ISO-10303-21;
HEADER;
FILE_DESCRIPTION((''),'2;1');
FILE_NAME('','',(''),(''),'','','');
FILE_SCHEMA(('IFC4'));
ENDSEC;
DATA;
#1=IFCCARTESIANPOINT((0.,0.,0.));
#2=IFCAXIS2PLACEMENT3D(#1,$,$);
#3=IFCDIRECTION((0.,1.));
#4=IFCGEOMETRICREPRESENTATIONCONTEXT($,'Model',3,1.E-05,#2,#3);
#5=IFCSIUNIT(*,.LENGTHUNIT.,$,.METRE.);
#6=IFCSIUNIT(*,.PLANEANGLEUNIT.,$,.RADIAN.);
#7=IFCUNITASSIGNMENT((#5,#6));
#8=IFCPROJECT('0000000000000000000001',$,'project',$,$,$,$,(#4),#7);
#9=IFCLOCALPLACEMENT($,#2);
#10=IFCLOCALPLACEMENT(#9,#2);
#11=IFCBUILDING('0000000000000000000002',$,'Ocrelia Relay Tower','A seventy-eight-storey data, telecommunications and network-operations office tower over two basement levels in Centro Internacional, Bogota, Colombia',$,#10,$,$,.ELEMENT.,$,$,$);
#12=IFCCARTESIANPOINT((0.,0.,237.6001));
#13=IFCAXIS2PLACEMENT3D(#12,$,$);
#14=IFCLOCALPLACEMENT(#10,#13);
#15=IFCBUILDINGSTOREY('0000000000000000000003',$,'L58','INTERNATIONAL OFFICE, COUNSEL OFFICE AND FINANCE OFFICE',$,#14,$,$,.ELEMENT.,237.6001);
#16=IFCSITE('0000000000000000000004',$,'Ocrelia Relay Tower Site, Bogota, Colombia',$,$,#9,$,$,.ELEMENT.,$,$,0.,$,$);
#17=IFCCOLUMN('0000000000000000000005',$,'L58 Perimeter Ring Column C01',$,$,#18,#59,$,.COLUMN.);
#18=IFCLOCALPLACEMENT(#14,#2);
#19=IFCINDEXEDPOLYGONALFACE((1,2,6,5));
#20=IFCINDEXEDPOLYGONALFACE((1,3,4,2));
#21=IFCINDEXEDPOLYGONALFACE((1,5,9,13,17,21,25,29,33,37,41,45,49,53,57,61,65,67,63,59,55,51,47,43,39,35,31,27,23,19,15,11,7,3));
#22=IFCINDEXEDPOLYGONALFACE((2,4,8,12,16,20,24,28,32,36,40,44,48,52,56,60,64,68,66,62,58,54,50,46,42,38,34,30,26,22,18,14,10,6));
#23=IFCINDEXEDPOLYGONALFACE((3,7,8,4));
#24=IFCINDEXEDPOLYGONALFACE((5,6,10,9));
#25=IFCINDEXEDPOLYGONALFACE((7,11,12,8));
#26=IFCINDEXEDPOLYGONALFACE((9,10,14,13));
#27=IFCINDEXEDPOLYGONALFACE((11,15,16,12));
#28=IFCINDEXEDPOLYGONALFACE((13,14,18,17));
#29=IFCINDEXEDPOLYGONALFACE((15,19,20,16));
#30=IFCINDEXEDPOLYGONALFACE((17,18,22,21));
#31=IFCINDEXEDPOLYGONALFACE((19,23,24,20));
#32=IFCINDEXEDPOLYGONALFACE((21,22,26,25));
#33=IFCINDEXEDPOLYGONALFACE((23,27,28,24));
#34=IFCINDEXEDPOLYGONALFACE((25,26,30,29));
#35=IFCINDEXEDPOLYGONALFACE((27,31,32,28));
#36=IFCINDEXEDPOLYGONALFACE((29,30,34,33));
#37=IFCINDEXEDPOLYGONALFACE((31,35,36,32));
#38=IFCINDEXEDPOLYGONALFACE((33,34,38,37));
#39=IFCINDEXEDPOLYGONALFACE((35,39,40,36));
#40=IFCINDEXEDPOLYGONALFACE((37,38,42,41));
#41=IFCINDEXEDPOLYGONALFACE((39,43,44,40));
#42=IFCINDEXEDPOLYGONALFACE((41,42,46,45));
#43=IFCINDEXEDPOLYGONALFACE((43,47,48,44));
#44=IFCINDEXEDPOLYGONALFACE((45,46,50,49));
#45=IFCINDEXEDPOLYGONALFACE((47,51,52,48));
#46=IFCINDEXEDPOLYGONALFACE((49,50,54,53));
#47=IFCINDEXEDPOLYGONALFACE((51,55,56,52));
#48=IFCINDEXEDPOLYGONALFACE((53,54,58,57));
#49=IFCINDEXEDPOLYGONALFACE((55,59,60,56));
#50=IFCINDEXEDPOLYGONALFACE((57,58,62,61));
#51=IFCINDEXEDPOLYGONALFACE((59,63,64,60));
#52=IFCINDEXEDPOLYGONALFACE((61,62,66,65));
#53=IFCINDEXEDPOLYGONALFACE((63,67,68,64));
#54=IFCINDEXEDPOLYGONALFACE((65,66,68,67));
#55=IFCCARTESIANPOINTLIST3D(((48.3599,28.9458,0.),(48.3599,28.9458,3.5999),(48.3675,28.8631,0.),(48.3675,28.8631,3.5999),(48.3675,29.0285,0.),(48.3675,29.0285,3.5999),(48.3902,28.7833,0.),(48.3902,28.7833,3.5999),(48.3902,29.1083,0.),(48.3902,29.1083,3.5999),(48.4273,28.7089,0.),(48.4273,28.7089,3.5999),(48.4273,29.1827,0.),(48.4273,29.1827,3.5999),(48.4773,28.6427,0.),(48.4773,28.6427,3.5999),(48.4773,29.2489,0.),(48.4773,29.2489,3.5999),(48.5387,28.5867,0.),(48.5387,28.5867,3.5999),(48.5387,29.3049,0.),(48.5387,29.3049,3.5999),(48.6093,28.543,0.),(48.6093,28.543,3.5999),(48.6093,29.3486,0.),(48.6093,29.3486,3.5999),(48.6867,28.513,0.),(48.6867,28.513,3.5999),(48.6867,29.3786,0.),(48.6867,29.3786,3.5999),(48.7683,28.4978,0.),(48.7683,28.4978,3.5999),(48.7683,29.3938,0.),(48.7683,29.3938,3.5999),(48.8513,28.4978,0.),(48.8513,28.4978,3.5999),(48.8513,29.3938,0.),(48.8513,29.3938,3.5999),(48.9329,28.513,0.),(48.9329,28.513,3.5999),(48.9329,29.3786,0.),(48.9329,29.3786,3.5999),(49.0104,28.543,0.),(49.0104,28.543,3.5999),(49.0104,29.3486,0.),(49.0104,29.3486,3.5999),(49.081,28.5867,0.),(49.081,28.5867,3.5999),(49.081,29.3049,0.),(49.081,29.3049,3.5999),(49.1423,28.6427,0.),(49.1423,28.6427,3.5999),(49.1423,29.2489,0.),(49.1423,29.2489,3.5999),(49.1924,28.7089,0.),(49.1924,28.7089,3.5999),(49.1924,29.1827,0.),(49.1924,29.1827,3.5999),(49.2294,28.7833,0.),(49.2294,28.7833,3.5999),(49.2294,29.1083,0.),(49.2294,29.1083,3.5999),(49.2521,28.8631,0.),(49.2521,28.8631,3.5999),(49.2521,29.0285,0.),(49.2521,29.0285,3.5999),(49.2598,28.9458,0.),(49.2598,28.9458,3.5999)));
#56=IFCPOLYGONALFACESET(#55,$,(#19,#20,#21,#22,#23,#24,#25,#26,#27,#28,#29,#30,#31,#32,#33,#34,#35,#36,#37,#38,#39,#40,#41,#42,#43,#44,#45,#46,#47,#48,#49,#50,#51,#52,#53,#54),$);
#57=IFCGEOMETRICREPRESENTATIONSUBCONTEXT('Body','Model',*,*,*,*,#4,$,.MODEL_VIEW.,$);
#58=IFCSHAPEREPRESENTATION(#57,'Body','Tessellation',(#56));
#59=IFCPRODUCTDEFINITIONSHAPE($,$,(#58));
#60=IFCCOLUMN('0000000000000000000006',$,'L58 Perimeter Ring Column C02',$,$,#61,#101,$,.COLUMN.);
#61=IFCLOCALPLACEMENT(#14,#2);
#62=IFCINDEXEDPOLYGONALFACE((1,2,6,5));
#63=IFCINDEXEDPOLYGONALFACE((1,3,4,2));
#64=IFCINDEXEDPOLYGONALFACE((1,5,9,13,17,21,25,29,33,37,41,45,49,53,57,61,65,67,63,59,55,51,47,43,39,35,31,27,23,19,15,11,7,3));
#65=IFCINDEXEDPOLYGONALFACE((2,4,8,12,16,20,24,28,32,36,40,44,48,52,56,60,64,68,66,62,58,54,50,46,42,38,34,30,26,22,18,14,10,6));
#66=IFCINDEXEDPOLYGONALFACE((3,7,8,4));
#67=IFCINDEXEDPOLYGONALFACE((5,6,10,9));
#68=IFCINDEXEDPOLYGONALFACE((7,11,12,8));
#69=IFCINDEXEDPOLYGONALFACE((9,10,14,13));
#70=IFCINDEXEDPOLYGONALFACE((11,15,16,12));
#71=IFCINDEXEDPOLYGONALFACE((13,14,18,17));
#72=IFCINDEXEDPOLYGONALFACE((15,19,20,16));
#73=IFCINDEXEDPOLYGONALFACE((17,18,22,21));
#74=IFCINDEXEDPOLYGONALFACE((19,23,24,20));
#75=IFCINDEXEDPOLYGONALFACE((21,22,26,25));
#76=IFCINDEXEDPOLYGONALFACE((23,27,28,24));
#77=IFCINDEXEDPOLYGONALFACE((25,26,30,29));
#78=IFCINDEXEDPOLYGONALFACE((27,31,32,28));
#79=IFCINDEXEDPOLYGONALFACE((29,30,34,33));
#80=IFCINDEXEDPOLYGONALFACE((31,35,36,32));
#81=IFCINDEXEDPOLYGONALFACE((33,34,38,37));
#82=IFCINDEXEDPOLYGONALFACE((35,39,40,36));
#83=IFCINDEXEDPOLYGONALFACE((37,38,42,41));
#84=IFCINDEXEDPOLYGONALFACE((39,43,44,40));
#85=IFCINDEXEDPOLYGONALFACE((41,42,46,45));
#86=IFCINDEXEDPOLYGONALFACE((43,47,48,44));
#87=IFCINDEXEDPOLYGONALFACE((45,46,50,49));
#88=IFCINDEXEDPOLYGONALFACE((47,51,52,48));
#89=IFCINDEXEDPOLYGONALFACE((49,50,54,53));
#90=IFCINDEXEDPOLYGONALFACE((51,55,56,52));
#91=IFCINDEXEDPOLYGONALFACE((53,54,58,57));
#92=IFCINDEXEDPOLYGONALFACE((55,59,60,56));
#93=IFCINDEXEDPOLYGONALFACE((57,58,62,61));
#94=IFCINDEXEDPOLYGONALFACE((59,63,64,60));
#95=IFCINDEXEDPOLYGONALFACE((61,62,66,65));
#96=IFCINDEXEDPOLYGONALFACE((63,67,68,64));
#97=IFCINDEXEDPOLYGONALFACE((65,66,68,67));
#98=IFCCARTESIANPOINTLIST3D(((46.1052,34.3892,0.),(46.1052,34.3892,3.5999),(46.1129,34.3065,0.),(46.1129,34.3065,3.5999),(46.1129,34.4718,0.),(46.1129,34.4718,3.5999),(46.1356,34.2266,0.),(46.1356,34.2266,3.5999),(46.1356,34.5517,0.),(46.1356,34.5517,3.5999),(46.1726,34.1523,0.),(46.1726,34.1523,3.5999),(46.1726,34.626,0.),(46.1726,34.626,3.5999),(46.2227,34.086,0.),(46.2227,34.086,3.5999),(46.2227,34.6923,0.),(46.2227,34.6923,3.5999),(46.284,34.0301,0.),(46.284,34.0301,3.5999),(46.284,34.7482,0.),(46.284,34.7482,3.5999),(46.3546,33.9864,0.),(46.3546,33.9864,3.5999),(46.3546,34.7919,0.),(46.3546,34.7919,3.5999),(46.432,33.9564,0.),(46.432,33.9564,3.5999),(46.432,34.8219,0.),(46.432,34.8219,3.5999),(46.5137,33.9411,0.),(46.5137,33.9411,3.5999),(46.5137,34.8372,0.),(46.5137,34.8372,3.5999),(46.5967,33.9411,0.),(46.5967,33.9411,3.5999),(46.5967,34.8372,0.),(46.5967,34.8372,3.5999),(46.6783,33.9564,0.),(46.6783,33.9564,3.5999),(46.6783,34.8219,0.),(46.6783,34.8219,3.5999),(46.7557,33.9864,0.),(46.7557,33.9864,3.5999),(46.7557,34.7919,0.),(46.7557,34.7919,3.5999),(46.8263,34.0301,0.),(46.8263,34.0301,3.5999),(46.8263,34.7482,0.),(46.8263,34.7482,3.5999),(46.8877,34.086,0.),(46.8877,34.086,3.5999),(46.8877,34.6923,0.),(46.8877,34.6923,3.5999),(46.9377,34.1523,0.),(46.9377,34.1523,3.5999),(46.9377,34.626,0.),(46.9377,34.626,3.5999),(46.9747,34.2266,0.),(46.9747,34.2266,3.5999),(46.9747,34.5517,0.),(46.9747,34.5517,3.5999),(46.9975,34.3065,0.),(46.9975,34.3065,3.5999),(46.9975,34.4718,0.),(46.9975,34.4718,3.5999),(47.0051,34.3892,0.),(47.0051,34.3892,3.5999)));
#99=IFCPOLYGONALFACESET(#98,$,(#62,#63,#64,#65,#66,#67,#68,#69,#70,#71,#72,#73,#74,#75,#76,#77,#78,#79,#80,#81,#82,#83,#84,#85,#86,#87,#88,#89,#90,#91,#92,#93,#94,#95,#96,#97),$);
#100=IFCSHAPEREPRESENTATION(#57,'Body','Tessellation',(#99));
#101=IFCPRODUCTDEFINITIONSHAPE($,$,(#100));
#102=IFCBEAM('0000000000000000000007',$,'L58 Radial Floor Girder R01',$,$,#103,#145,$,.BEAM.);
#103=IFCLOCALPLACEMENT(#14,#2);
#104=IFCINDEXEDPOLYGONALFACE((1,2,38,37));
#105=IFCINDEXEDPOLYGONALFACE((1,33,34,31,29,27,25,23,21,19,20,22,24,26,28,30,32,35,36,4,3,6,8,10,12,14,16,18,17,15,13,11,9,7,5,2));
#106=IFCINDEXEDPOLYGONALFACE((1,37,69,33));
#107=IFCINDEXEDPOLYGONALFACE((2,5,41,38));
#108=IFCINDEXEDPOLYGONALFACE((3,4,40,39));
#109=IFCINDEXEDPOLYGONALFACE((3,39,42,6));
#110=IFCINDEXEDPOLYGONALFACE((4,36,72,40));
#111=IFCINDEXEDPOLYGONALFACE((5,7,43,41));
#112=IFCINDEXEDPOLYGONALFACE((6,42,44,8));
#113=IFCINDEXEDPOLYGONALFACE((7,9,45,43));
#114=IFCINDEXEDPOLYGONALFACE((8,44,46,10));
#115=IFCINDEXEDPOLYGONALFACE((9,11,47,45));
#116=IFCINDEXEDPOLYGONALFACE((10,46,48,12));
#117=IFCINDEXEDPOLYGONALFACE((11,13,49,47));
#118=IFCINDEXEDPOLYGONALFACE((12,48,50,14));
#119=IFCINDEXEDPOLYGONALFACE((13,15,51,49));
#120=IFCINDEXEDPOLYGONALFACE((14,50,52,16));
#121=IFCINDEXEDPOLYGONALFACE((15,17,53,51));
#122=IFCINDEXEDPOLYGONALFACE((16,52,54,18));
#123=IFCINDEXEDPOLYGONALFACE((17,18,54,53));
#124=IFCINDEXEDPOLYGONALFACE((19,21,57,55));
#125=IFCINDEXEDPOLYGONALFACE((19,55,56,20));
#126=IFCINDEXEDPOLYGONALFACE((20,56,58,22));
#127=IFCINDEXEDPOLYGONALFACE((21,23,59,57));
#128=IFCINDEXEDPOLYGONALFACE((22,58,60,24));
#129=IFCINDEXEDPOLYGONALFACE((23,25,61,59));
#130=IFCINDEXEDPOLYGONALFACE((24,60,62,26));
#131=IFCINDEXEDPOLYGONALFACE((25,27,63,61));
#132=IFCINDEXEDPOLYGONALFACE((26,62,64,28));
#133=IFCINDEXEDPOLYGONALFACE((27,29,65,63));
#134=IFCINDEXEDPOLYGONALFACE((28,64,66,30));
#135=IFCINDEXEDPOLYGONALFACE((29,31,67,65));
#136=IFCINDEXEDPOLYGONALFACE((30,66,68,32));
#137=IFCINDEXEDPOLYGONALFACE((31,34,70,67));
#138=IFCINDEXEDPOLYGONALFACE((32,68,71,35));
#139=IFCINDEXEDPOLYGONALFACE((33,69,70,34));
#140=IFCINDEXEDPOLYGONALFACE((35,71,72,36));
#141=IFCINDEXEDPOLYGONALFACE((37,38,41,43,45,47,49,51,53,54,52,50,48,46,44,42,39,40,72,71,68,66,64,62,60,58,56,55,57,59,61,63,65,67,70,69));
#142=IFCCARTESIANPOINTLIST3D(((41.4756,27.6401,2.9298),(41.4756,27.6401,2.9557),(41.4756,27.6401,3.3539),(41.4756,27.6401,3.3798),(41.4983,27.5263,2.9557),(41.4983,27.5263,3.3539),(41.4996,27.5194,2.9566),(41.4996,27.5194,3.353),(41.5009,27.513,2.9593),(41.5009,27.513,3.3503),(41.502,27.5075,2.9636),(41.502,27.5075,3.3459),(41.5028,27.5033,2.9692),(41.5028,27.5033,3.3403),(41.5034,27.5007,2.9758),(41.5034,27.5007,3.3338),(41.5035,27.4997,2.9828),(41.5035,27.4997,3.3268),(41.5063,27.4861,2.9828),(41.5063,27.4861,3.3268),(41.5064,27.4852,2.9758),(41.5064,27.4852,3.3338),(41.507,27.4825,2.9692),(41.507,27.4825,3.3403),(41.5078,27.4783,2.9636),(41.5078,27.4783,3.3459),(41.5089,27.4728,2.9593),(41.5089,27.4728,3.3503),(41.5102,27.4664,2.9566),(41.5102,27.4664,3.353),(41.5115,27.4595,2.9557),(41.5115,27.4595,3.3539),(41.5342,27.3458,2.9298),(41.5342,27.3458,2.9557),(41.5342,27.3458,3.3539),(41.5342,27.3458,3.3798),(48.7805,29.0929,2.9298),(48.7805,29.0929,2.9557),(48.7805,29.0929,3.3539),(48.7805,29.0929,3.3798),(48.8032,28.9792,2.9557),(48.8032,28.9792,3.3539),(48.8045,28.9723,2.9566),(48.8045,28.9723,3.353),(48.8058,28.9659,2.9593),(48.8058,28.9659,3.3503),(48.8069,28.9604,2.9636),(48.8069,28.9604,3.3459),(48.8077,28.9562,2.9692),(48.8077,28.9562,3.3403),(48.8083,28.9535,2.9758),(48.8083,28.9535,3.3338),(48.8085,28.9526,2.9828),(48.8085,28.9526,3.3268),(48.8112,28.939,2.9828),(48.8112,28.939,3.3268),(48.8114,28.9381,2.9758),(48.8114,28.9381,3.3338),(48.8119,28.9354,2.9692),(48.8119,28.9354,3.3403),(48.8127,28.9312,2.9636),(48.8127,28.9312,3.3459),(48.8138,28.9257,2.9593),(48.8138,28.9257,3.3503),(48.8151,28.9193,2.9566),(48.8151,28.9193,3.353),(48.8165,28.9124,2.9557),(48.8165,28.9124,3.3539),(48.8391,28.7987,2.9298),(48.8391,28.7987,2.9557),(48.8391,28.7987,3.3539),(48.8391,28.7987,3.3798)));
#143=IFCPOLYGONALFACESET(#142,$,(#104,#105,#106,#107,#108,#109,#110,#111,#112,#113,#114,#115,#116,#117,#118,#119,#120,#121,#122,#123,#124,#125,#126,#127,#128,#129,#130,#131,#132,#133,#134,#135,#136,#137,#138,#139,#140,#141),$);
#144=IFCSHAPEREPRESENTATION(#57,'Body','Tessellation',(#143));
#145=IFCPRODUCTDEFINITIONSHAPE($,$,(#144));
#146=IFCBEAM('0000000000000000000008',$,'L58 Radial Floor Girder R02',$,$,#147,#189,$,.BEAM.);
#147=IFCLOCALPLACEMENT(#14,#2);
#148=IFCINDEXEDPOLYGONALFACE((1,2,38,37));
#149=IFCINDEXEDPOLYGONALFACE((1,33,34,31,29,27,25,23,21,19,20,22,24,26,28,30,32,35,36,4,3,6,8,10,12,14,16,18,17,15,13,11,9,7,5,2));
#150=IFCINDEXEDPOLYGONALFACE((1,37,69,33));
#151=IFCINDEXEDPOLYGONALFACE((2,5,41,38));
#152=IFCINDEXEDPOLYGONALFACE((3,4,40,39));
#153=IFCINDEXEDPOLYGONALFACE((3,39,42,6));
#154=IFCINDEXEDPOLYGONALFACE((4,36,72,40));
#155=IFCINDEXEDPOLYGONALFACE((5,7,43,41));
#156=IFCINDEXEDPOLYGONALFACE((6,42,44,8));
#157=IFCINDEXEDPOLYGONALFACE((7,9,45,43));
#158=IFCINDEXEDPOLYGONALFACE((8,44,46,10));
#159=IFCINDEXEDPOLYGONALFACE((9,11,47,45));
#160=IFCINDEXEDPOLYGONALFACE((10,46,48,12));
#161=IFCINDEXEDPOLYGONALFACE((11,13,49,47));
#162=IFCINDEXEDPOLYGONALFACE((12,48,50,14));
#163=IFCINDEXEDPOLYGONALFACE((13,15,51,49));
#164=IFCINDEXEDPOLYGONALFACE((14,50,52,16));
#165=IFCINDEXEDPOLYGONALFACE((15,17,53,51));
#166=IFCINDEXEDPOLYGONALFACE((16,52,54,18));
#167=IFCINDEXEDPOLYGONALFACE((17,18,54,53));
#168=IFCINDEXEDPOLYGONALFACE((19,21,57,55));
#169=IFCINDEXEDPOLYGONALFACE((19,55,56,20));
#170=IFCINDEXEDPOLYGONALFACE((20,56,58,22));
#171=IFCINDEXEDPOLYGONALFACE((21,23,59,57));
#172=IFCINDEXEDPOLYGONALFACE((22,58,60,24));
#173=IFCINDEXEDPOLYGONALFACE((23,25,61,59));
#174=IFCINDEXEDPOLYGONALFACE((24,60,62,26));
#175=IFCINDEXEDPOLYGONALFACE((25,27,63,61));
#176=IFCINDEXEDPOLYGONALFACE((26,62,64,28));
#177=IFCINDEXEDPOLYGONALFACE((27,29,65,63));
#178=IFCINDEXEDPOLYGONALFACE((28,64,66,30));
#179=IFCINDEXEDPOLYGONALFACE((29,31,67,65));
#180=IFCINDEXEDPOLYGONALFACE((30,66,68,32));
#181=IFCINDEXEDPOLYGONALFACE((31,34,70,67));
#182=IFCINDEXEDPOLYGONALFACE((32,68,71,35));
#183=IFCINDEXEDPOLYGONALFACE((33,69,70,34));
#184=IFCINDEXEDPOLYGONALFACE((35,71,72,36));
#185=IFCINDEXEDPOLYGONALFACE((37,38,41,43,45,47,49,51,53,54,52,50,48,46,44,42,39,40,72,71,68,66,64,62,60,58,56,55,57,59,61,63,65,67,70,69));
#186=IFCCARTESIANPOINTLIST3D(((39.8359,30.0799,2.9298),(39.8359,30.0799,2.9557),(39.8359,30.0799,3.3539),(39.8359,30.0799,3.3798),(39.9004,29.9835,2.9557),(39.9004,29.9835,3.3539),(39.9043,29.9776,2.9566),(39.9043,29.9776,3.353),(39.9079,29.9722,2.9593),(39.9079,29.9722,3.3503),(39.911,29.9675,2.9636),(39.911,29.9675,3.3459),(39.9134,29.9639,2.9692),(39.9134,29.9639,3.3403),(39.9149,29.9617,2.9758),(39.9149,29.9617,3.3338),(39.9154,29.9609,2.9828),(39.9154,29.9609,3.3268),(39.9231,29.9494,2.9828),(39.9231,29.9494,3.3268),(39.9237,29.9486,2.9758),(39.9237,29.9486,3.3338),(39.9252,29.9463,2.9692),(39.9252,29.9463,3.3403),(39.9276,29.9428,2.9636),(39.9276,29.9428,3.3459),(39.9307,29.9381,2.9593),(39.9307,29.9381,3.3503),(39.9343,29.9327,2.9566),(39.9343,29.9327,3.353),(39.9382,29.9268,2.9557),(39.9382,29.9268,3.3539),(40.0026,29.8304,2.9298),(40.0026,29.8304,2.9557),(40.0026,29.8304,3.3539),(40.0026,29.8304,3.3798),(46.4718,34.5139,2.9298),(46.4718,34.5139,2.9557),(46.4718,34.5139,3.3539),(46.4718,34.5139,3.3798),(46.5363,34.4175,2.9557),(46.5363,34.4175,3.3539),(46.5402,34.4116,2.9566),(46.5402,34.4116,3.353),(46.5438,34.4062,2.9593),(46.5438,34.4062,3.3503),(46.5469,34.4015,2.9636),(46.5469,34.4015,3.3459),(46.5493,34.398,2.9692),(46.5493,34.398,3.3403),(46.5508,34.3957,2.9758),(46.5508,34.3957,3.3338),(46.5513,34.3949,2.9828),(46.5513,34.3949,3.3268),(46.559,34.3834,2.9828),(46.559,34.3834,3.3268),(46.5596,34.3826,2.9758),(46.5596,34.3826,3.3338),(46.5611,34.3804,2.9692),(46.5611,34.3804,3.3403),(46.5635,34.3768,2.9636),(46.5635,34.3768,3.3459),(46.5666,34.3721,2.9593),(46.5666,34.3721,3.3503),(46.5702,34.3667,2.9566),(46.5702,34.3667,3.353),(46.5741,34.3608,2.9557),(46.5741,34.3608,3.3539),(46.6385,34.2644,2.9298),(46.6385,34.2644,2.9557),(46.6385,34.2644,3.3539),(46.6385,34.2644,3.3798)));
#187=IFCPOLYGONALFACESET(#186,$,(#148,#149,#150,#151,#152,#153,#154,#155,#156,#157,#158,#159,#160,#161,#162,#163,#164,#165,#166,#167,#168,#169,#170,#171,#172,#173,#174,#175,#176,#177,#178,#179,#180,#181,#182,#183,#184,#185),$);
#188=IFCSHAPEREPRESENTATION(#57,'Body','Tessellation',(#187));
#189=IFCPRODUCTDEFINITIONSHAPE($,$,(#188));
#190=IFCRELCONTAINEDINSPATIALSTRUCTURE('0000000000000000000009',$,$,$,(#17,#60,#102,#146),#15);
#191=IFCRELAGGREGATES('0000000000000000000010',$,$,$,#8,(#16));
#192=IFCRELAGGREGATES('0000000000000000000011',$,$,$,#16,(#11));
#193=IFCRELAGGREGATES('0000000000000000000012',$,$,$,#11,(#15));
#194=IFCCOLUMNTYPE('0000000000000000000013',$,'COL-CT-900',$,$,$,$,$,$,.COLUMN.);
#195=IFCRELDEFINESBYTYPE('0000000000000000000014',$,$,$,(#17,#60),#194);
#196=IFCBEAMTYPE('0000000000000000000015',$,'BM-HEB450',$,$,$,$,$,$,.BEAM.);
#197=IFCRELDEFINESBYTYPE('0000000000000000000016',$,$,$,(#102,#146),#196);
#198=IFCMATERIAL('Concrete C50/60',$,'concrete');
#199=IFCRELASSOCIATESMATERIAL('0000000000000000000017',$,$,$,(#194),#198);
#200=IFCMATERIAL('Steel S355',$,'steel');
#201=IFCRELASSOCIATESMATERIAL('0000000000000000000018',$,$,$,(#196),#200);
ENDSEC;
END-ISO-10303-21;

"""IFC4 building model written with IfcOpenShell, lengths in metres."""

from ifc_helpers import new_model, si_unit, direction, frame, origin, origin_2d, place, context, subcontext, project, spatial, circle, i_section, extrude, material, material_profile, profile_set, type_object, element, save


model = new_model("IFC4")

# Units and contexts
model_context = context("Model", 3, precision=1e-05, world=origin(), true_north=direction((0.0, 1.0)))
body_context = subcontext(model_context, "Body", "Model", "MODEL_VIEW")
ifc_project = project(units=[si_unit("LENGTHUNIT", "METRE"), si_unit("PLANEANGLEUNIT", "RADIAN")], contexts=[model_context])

# Site, building, storey
site_placement = place(None, origin())
site = spatial("IfcSite", under=ifc_project, at=site_placement, Name="Ocrelia Relay Tower Site, Bogota, Colombia", CompositionType="ELEMENT", RefElevation=0.0)
building_placement = place(site_placement, origin())
building = spatial("IfcBuilding", under=site, at=building_placement, Name="Ocrelia Relay Tower", Description="A seventy-eight-storey data, telecommunications and network-operations office tower over two basement levels in Centro Internacional, Bogota, Colombia", CompositionType="ELEMENT")
storey_placement = place(building_placement, frame((0.0, 0.0, 237.6001)))
storey = spatial("IfcBuildingStorey", under=building, at=storey_placement, Name="L58", Description="INTERNATIONAL OFFICE, COUNSEL OFFICE AND FINANCE OFFICE", CompositionType="ELEMENT", Elevation=237.6001)

# Columns
ifc_material_1 = material(Name="Concrete C50/60", Category="concrete")
ifc_material_profile_1 = material_profile(ifc_material_1, circle(Radius=0.45, at=origin_2d()), Name="RC-CIR-900")
ifc_profile_set_1 = profile_set([ifc_material_profile_1], Name="Concrete C50/60")
column_type = type_object("IfcColumnType", Name="COL-CT-900", PredefinedType="COLUMN", material=ifc_profile_set_1)
for number, where, z_axis, x_axis, name in (
    (1, (48.8098, 28.9458, 0.0), (0.0, 0.0, 1.0), (1.0, 0.0, 0.0), "L58 Perimeter Ring Column C01"),
    (2, (46.5552, 34.3892, 0.0), (0.0, 0.0, 1.0), (1.0, 0.0, 0.0), "L58 Perimeter Ring Column C02"),
):
    element("IfcColumn", number, at=place(storey_placement, frame(where, z_axis=z_axis, x_axis=x_axis)), inside=storey, type_object=column_type, Name=name, PredefinedType="COLUMN", context=body_context, shape_type="SweptSolid", body=[
        extrude(circle(Radius=0.45, at=origin_2d()), origin(), (0.0, 0.0, 1.0), 3.5999),
    ])

# Beams
ifc_material_2 = material(Name="Steel S355", Category="steel")
ifc_material_profile_2 = material_profile(ifc_material_2, i_section(OverallWidth=0.3, OverallDepth=0.45, WebThickness=0.0139, FlangeThickness=0.0259, FilletRadius=0.0271, at=origin_2d()), Name="HEB 450")
ifc_profile_set_2 = profile_set([ifc_material_profile_2], Name="Steel S355")
beam_type_1 = type_object("IfcBeamType", Name="BM-HEB450", PredefinedType="BEAM", material=ifc_profile_set_2)
beam_1_placement = place(storey_placement, frame((48.8098, 28.9458, 3.1548), z_axis=(-0.980789, -0.19507, 0.0), x_axis=(0.19507, -0.980789, 0.0)))
element("IfcBeam", 3, at=beam_1_placement, inside=storey, type_object=beam_type_1, Name="L58 Radial Floor Girder R01", PredefinedType="BEAM", context=body_context, shape_type="SweptSolid", body=[
    extrude(i_section(OverallWidth=0.3, OverallDepth=0.45, WebThickness=0.0139, FlangeThickness=0.0259, FilletRadius=0.0271, at=origin_2d()), origin(), (0.0, 0.0, 1.0), 7.448),
])
beam_2_placement = place(storey_placement, frame((46.5552, 34.3892, 3.1548), z_axis=(-0.831466, -0.555575, 0.0), x_axis=(0.555575, -0.831466, 0.0)))
element("IfcBeam", 4, at=beam_2_placement, inside=storey, type_object=beam_type_1, Name="L58 Radial Floor Girder R02", PredefinedType="BEAM", context=body_context, shape_type="SweptSolid", body=[
    extrude(i_section(OverallWidth=0.3, OverallDepth=0.45, WebThickness=0.0139, FlangeThickness=0.0259, FilletRadius=0.0271, at=origin_2d()), origin(), (0.0, 0.0, 1.0), 7.981),
])

save(model, "model.ifc")
